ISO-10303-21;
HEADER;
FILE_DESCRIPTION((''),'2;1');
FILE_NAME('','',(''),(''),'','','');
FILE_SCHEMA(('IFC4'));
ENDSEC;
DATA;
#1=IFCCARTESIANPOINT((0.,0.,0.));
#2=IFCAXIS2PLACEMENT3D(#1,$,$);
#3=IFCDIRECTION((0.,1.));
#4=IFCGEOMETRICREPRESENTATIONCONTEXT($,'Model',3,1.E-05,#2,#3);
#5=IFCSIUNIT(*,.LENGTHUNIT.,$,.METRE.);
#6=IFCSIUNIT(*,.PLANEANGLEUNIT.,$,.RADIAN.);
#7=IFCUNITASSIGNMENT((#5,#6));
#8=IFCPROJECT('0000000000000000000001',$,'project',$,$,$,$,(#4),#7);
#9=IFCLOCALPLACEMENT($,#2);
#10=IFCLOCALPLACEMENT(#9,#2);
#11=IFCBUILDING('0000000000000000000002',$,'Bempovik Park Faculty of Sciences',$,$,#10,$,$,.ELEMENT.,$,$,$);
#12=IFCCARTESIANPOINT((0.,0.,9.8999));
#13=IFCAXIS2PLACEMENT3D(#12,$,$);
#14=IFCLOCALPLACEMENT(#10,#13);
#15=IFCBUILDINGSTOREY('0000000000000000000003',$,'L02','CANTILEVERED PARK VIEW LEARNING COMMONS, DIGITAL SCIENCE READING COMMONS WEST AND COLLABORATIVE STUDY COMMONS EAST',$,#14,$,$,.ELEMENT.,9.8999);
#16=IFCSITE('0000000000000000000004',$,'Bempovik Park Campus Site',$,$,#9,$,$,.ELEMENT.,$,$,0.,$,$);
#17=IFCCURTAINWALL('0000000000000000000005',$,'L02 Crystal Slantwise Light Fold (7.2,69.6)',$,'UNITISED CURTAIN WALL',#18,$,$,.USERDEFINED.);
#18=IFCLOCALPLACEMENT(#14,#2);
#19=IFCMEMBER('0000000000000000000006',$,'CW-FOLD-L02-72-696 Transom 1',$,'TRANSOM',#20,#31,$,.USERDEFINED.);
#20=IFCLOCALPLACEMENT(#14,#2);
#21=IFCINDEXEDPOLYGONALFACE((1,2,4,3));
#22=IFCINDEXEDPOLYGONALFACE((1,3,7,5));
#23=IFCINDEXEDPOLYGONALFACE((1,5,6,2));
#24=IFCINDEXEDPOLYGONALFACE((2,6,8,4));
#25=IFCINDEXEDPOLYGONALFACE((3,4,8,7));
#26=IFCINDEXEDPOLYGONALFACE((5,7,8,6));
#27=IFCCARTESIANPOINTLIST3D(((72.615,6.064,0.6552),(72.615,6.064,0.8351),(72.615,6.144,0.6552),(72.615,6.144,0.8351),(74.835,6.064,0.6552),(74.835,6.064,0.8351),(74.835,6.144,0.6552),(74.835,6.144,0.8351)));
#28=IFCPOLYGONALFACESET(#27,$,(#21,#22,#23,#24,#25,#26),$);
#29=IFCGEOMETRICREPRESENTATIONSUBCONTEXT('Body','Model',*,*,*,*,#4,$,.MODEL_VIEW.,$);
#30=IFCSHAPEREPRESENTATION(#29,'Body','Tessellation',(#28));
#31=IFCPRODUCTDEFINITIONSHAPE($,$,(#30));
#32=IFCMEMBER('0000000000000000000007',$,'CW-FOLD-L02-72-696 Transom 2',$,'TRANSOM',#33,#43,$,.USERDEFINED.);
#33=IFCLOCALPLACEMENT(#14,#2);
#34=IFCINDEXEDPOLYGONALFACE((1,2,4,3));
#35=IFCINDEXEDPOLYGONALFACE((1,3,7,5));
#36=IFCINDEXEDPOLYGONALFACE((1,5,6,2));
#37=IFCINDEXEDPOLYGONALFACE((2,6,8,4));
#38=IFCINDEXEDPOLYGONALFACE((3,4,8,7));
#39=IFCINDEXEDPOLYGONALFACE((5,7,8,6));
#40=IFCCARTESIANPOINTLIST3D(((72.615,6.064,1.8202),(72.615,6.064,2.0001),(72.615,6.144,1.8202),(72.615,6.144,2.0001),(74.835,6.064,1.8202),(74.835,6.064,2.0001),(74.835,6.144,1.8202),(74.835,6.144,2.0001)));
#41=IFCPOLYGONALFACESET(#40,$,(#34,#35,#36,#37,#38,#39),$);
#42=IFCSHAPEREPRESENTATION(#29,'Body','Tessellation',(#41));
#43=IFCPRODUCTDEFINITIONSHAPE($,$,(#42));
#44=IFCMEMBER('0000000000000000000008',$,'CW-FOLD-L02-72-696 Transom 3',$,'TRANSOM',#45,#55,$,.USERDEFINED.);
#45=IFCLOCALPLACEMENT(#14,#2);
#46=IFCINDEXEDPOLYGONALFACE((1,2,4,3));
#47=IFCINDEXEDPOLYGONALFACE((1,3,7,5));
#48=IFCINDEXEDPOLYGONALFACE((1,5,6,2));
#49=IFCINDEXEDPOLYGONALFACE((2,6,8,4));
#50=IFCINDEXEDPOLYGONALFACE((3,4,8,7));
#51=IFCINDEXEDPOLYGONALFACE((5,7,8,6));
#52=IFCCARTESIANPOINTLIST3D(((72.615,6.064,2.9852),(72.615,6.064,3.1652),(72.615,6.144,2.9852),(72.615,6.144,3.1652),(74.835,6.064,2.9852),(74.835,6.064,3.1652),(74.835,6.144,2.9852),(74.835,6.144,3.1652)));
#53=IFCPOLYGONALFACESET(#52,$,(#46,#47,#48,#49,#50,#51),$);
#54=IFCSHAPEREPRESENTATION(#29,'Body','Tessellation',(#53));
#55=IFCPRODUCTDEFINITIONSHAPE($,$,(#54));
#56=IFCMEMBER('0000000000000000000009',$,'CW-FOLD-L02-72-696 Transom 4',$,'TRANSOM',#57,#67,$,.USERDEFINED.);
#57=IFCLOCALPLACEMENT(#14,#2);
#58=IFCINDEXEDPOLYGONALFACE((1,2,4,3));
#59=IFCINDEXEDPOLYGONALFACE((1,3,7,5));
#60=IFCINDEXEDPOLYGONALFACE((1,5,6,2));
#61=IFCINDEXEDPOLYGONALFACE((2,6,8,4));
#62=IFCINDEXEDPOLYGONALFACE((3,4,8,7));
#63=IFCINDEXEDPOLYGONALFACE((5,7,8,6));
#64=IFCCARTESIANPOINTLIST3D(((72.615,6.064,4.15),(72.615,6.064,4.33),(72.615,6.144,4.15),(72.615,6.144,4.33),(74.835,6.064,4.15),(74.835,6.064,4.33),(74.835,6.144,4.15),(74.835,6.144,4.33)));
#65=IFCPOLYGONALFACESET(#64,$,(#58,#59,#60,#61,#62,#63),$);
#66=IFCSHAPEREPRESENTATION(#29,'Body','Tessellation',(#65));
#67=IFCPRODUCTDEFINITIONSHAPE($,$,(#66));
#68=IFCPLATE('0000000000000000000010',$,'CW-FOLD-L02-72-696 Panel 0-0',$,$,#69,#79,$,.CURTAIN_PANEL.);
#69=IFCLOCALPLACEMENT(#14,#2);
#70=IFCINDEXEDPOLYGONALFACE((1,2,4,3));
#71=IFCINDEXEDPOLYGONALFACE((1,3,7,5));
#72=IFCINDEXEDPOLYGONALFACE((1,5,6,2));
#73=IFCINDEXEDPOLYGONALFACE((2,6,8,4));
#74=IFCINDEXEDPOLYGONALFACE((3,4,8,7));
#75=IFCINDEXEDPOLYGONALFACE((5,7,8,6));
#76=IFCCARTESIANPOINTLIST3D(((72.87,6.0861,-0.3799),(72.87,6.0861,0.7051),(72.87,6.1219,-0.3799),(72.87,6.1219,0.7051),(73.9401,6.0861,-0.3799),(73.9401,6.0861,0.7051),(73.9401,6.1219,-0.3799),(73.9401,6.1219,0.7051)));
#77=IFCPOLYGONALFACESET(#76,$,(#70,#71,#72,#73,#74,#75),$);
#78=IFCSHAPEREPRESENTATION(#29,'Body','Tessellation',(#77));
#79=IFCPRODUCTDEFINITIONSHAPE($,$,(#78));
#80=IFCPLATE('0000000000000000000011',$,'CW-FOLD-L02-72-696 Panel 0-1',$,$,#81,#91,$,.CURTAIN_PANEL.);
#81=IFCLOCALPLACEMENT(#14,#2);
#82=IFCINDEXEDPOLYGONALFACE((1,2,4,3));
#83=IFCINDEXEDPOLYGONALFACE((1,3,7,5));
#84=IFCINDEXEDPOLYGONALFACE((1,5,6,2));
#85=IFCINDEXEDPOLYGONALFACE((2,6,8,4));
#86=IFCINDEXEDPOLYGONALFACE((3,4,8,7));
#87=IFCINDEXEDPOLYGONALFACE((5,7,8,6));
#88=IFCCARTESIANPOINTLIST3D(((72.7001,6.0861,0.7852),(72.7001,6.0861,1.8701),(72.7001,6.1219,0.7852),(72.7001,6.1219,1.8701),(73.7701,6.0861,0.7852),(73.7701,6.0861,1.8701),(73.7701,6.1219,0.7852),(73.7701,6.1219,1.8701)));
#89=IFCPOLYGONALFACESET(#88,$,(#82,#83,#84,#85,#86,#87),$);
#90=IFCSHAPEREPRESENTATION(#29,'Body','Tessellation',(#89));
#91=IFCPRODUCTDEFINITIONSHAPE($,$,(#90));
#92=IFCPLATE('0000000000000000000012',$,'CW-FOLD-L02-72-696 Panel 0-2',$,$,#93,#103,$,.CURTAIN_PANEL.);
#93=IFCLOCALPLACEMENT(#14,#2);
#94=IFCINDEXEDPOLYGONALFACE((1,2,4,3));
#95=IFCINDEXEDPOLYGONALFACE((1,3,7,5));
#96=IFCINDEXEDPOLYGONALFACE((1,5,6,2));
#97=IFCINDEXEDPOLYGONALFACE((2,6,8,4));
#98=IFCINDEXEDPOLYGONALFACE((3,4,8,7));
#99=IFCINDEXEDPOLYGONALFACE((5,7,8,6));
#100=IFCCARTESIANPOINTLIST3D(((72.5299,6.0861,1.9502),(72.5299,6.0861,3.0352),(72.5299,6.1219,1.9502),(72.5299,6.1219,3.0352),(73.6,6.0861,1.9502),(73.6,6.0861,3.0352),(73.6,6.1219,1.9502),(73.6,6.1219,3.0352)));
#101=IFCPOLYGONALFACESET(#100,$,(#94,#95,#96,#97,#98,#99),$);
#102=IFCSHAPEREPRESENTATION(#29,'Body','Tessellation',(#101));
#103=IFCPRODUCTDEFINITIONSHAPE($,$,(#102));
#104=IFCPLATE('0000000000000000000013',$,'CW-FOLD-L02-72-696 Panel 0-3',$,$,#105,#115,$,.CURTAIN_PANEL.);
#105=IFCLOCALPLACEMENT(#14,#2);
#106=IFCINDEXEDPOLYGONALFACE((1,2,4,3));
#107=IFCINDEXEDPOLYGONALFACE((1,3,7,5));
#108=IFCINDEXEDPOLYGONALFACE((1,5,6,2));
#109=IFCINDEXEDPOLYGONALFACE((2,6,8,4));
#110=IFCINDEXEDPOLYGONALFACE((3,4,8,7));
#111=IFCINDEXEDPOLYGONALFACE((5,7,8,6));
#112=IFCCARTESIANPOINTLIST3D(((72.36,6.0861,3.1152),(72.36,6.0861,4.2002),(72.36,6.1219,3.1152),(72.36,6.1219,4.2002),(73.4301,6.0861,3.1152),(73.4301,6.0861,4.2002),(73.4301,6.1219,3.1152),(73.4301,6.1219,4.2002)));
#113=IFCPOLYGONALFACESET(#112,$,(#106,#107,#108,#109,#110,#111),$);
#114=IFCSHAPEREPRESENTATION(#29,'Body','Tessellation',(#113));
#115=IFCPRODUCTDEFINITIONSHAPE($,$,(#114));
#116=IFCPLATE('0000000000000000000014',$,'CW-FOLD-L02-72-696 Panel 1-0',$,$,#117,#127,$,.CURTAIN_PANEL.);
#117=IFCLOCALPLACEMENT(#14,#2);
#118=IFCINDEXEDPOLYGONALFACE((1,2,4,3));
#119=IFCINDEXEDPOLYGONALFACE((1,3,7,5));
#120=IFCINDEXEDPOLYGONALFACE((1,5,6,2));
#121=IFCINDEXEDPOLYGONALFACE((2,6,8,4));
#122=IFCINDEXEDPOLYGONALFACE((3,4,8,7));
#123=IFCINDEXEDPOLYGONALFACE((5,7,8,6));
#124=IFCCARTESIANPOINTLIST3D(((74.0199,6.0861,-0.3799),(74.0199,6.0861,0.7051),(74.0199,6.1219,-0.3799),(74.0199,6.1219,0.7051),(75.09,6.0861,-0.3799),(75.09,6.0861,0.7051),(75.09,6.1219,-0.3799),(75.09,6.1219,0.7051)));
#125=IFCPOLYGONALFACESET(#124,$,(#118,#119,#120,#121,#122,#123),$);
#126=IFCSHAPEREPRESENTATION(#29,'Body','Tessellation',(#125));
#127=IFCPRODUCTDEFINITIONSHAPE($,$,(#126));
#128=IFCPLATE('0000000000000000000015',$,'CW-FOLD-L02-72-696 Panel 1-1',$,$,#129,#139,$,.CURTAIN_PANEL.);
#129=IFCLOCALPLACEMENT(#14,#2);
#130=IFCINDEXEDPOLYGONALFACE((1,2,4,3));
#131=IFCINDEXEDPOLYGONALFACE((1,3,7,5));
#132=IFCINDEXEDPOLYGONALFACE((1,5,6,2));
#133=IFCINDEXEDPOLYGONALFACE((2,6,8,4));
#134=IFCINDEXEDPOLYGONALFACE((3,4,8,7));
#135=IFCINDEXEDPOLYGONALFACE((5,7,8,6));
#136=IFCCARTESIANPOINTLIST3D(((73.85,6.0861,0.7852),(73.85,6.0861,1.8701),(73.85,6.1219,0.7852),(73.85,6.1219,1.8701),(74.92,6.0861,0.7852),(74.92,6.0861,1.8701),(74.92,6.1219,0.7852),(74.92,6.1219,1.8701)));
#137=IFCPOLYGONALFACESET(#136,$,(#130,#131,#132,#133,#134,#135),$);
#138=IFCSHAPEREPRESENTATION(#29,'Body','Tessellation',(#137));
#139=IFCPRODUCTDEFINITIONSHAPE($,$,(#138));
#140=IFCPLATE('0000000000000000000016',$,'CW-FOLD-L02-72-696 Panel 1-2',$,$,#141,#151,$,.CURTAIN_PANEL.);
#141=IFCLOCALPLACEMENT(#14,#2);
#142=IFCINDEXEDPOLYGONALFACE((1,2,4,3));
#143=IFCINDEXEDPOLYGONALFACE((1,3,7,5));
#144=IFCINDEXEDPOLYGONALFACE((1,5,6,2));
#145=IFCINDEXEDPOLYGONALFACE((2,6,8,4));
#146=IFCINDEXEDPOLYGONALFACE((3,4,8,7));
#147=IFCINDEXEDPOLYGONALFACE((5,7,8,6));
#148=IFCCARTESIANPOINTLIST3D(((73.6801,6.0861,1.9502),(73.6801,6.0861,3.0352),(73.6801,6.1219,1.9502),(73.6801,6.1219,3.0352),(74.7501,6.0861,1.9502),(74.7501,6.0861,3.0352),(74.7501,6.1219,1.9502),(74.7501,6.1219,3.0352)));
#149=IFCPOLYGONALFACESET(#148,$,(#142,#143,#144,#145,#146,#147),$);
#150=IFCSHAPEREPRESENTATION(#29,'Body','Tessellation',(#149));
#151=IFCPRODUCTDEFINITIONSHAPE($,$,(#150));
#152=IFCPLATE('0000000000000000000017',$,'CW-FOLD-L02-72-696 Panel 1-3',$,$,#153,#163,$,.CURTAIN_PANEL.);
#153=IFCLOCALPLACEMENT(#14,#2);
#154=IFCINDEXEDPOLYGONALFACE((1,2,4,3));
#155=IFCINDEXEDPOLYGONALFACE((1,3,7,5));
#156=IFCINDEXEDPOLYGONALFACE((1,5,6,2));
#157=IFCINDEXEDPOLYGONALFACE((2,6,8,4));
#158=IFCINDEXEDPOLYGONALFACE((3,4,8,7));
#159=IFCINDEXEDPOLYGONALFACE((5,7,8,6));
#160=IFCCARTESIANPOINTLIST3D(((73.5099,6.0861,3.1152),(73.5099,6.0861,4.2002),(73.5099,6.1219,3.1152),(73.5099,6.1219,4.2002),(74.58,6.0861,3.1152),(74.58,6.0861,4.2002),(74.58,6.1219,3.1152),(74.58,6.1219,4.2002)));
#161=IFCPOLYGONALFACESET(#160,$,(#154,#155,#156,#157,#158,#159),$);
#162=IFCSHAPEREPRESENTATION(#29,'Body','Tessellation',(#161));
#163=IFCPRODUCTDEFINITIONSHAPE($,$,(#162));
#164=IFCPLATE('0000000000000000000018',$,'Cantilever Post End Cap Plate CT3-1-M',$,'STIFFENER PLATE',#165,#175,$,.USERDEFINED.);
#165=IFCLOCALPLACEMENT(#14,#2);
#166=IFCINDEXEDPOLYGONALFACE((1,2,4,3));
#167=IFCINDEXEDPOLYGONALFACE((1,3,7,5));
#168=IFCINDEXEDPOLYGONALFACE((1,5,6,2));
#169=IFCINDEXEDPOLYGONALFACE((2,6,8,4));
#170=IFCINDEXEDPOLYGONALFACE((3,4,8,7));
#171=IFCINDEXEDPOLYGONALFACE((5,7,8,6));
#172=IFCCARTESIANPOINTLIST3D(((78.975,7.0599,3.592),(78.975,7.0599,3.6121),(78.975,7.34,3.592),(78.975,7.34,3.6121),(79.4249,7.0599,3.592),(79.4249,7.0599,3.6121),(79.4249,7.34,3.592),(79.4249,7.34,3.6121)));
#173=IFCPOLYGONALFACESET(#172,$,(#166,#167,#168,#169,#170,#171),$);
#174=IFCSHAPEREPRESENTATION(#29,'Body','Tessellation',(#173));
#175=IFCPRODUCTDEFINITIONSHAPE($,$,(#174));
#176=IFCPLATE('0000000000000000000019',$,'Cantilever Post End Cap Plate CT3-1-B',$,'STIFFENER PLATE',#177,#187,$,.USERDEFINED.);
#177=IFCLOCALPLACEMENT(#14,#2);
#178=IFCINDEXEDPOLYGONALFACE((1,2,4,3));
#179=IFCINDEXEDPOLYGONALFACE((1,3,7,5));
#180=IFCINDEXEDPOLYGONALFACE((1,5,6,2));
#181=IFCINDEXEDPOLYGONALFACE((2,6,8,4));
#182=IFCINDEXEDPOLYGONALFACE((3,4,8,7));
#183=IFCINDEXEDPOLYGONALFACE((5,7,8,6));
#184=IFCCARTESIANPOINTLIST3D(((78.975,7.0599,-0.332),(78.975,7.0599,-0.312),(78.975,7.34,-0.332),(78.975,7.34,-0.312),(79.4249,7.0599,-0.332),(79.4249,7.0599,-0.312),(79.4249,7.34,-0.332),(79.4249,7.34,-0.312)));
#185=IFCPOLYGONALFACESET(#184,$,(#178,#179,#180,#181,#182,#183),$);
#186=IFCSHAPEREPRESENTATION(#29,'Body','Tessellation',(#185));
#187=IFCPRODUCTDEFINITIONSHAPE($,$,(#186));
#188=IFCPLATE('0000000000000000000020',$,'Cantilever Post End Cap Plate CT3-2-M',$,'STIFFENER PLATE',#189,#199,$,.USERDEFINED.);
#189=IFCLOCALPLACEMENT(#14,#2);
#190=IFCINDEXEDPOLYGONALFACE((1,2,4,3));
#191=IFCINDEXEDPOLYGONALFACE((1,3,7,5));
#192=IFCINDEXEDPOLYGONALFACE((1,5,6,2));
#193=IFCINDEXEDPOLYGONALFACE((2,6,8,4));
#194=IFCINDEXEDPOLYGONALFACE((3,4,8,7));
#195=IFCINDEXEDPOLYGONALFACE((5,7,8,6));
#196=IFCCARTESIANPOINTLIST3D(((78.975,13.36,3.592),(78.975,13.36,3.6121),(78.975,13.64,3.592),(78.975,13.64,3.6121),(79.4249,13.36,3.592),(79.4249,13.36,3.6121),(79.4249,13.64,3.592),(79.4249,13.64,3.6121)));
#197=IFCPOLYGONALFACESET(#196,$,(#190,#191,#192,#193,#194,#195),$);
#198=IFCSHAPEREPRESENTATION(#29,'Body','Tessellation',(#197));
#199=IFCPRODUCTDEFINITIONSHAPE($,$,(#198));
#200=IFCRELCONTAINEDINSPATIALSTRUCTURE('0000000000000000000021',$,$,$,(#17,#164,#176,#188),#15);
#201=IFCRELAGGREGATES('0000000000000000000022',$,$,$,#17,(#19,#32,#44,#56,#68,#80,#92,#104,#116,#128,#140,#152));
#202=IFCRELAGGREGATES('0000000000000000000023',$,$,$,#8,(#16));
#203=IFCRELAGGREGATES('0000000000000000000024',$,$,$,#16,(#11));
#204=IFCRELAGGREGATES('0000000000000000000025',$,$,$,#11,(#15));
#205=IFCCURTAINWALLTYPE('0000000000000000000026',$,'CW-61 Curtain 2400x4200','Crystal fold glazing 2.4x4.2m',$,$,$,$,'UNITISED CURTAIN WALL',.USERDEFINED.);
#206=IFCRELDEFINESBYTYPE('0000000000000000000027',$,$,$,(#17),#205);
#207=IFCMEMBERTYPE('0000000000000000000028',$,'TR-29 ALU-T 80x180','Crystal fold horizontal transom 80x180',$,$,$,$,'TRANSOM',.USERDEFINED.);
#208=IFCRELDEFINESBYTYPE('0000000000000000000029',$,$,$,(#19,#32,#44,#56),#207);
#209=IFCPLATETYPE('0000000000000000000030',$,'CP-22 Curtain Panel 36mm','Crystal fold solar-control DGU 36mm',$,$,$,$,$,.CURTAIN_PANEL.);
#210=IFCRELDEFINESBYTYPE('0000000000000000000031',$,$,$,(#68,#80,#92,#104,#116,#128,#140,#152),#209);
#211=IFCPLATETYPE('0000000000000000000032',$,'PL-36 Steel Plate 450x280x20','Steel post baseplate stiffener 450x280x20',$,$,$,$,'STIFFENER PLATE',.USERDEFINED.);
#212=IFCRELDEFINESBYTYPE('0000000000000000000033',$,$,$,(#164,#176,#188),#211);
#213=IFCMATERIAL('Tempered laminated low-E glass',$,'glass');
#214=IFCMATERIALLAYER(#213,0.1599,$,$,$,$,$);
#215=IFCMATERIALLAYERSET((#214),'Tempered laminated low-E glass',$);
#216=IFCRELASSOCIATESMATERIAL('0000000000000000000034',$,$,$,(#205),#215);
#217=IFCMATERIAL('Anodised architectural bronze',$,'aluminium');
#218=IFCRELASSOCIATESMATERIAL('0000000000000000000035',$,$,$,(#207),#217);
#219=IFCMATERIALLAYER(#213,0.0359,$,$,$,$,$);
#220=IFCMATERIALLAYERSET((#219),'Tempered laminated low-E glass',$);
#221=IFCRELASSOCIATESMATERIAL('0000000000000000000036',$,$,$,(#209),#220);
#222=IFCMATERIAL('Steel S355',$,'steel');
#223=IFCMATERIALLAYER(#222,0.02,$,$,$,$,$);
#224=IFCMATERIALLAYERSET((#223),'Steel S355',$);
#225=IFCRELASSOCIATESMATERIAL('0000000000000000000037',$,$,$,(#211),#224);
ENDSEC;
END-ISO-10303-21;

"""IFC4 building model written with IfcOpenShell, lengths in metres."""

from ifc_helpers import new_model, si_unit, direction, frame, origin, origin_2d, place, context, subcontext, project, spatial, rectangle, extrude, material, layer, layer_set, material_profile, profile_set, type_object, element, aggregate, save


model = new_model("IFC4")

# Units and contexts
model_context = context("Model", 3, precision=1e-05, world=origin(), true_north=direction((0.0, 1.0)))
body_context = subcontext(model_context, "Body", "Model", "MODEL_VIEW")
ifc_project = project(units=[si_unit("LENGTHUNIT", "METRE"), si_unit("PLANEANGLEUNIT", "RADIAN")], contexts=[model_context])

# Site, building, storey
site_placement = place(None, origin())
site = spatial("IfcSite", under=ifc_project, at=site_placement, Name="Bempovik Park Campus Site", CompositionType="ELEMENT", RefElevation=0.0)
building_placement = place(site_placement, origin())
building = spatial("IfcBuilding", under=site, at=building_placement, Name="Bempovik Park Faculty of Sciences", CompositionType="ELEMENT")
storey_placement = place(building_placement, frame((0.0, 0.0, 9.8999)))
storey = spatial("IfcBuildingStorey", under=building, at=storey_placement, Name="L02", Description="CANTILEVERED PARK VIEW LEARNING COMMONS, DIGITAL SCIENCE READING COMMONS WEST AND COLLABORATIVE STUDY COMMONS EAST", CompositionType="ELEMENT", Elevation=9.8999)

# Shared definitions
ifc_material_1 = material(Name="Steel S355", Category="steel")

# Curtain wall, members, plates
ifc_material_2 = material(Name="Tempered laminated low-E glass", Category="glass")
ifc_layer_1 = layer(ifc_material_2, 0.1599)
ifc_layer_set_1 = layer_set([ifc_layer_1], Name="Tempered laminated low-E glass")
curtain_wall_type = type_object("IfcCurtainWallType", Name="CW-61 Curtain 2400x4200", Description="Crystal fold glazing 2.4x4.2m", ElementType="UNITISED CURTAIN WALL", PredefinedType="USERDEFINED", material=ifc_layer_set_1)
curtain_wall_placement = place(storey_placement, origin())
curtain_wall = element("IfcCurtainWall", 1, at=curtain_wall_placement, inside=storey, type_object=curtain_wall_type, Name="L02 Crystal Slantwise Light Fold (7.2,69.6)", ObjectType="UNITISED CURTAIN WALL", PredefinedType="USERDEFINED")
ifc_material_3 = material(Name="Anodised architectural bronze", Category="aluminium")
ifc_material_profile_1 = material_profile(ifc_material_3, rectangle(XDim=0.0801, YDim=0.1799, at=origin_2d()), Name="ALU-T 80x180")
ifc_profile_set_1 = profile_set([ifc_material_profile_1], Name="Anodised architectural bronze")
member_type_1 = type_object("IfcMemberType", Name="TR-29 ALU-T 80x180", Description="Crystal fold horizontal transom 80x180", ElementType="TRANSOM", PredefinedType="USERDEFINED", material=ifc_profile_set_1)
member_1_placement = place(storey_placement, frame((72.615, 6.104, 0.7451), z_axis=(1.0, 0.0, 0.0), x_axis=(0.0, 1.0, 0.0)))
member_1 = element("IfcMember", 2, at=member_1_placement, type_object=member_type_1, Name="CW-FOLD-L02-72-696 Transom 1", ObjectType="TRANSOM", PredefinedType="USERDEFINED", context=body_context, shape_type="SweptSolid", body=[
    extrude(rectangle(XDim=0.0801, YDim=0.1799, at=origin_2d()), origin(), (0.0, 0.0, 1.0), 2.22),
])
member_2_placement = place(storey_placement, frame((72.615, 6.104, 1.9102), z_axis=(1.0, 0.0, 0.0), x_axis=(0.0, 1.0, 0.0)))
member_2 = element("IfcMember", 3, at=member_2_placement, type_object=member_type_1, Name="CW-FOLD-L02-72-696 Transom 2", ObjectType="TRANSOM", PredefinedType="USERDEFINED", context=body_context, shape_type="SweptSolid", body=[
    extrude(rectangle(XDim=0.0801, YDim=0.1799, at=origin_2d()), origin(), (0.0, 0.0, 1.0), 2.22),
])
member_3_placement = place(storey_placement, frame((72.615, 6.104, 3.0752), z_axis=(1.0, 0.0, 0.0), x_axis=(0.0, 1.0, 0.0)))
member_3 = element("IfcMember", 4, at=member_3_placement, type_object=member_type_1, Name="CW-FOLD-L02-72-696 Transom 3", ObjectType="TRANSOM", PredefinedType="USERDEFINED", context=body_context, shape_type="SweptSolid", body=[
    extrude(rectangle(XDim=0.0801, YDim=0.1799, at=origin_2d()), origin(), (0.0, 0.0, 1.0), 2.22),
])
member_4_placement = place(storey_placement, frame((72.615, 6.104, 4.24), z_axis=(1.0, 0.0, 0.0), x_axis=(0.0, 1.0, 0.0)))
member_4 = element("IfcMember", 5, at=member_4_placement, type_object=member_type_1, Name="CW-FOLD-L02-72-696 Transom 4", ObjectType="TRANSOM", PredefinedType="USERDEFINED", context=body_context, shape_type="SweptSolid", body=[
    extrude(rectangle(XDim=0.0801, YDim=0.1799, at=origin_2d()), origin(), (0.0, 0.0, 1.0), 2.22),
])
ifc_layer_2 = layer(ifc_material_2, 0.0359)
ifc_layer_set_2 = layer_set([ifc_layer_2], Name="Tempered laminated low-E glass")
plate_type_1 = type_object("IfcPlateType", Name="CP-22 Curtain Panel 36mm", Description="Crystal fold solar-control DGU 36mm", PredefinedType="CURTAIN_PANEL", material=ifc_layer_set_2)
plate_1_placement = place(storey_placement, frame((73.405, 6.104, -0.3799), z_axis=(0.0, 0.0, 1.0), x_axis=(1.0, 0.0, 0.0)))
plate_1 = element("IfcPlate", 6, at=plate_1_placement, type_object=plate_type_1, Name="CW-FOLD-L02-72-696 Panel 0-0", PredefinedType="CURTAIN_PANEL", context=body_context, shape_type="SweptSolid", body=[
    extrude(rectangle(XDim=1.0701, YDim=0.0359, at=origin_2d()), origin(), (0.0, 0.0, 1.0), 1.085),
])
plate_2_placement = place(storey_placement, frame((73.2351, 6.104, 0.7852), z_axis=(0.0, 0.0, 1.0), x_axis=(1.0, 0.0, 0.0)))
plate_2 = element("IfcPlate", 7, at=plate_2_placement, type_object=plate_type_1, Name="CW-FOLD-L02-72-696 Panel 0-1", PredefinedType="CURTAIN_PANEL", context=body_context, shape_type="SweptSolid", body=[
    extrude(rectangle(XDim=1.0701, YDim=0.0359, at=origin_2d()), origin(), (0.0, 0.0, 1.0), 1.085),
])
plate_3_placement = place(storey_placement, frame((73.0649, 6.104, 1.9502), z_axis=(0.0, 0.0, 1.0), x_axis=(1.0, 0.0, 0.0)))
plate_3 = element("IfcPlate", 8, at=plate_3_placement, type_object=plate_type_1, Name="CW-FOLD-L02-72-696 Panel 0-2", PredefinedType="CURTAIN_PANEL", context=body_context, shape_type="SweptSolid", body=[
    extrude(rectangle(XDim=1.0701, YDim=0.0359, at=origin_2d()), origin(), (0.0, 0.0, 1.0), 1.085),
])
plate_4_placement = place(storey_placement, frame((72.895, 6.104, 3.1152), z_axis=(0.0, 0.0, 1.0), x_axis=(1.0, 0.0, 0.0)))
plate_4 = element("IfcPlate", 9, at=plate_4_placement, type_object=plate_type_1, Name="CW-FOLD-L02-72-696 Panel 0-3", PredefinedType="CURTAIN_PANEL", context=body_context, shape_type="SweptSolid", body=[
    extrude(rectangle(XDim=1.0701, YDim=0.0359, at=origin_2d()), origin(), (0.0, 0.0, 1.0), 1.085),
])
plate_5_placement = place(storey_placement, frame((74.5549, 6.104, -0.3799), z_axis=(0.0, 0.0, 1.0), x_axis=(1.0, 0.0, 0.0)))
plate_5 = element("IfcPlate", 10, at=plate_5_placement, type_object=plate_type_1, Name="CW-FOLD-L02-72-696 Panel 1-0", PredefinedType="CURTAIN_PANEL", context=body_context, shape_type="SweptSolid", body=[
    extrude(rectangle(XDim=1.0701, YDim=0.0359, at=origin_2d()), origin(), (0.0, 0.0, 1.0), 1.085),
])
plate_6_placement = place(storey_placement, frame((74.385, 6.104, 0.7852), z_axis=(0.0, 0.0, 1.0), x_axis=(1.0, 0.0, 0.0)))
plate_6 = element("IfcPlate", 11, at=plate_6_placement, type_object=plate_type_1, Name="CW-FOLD-L02-72-696 Panel 1-1", PredefinedType="CURTAIN_PANEL", context=body_context, shape_type="SweptSolid", body=[
    extrude(rectangle(XDim=1.0701, YDim=0.0359, at=origin_2d()), origin(), (0.0, 0.0, 1.0), 1.085),
])
plate_7_placement = place(storey_placement, frame((74.2151, 6.104, 1.9502), z_axis=(0.0, 0.0, 1.0), x_axis=(1.0, 0.0, 0.0)))
plate_7 = element("IfcPlate", 12, at=plate_7_placement, type_object=plate_type_1, Name="CW-FOLD-L02-72-696 Panel 1-2", PredefinedType="CURTAIN_PANEL", context=body_context, shape_type="SweptSolid", body=[
    extrude(rectangle(XDim=1.0701, YDim=0.0359, at=origin_2d()), origin(), (0.0, 0.0, 1.0), 1.085),
])
plate_8_placement = place(storey_placement, frame((74.0449, 6.104, 3.1152), z_axis=(0.0, 0.0, 1.0), x_axis=(1.0, 0.0, 0.0)))
plate_8 = element("IfcPlate", 13, at=plate_8_placement, type_object=plate_type_1, Name="CW-FOLD-L02-72-696 Panel 1-3", PredefinedType="CURTAIN_PANEL", context=body_context, shape_type="SweptSolid", body=[
    extrude(rectangle(XDim=1.0701, YDim=0.0359, at=origin_2d()), origin(), (0.0, 0.0, 1.0), 1.085),
])
aggregate(curtain_wall, [member_1, member_2, member_3, member_4, plate_1, plate_2, plate_3, plate_4, plate_5, plate_6, plate_7, plate_8])

# Plates
ifc_layer_3 = layer(ifc_material_1, 0.02)
ifc_layer_set_3 = layer_set([ifc_layer_3], Name="Steel S355")
plate_type_2 = type_object("IfcPlateType", Name="PL-36 Steel Plate 450x280x20", Description="Steel post baseplate stiffener 450x280x20", ElementType="STIFFENER PLATE", PredefinedType="USERDEFINED", material=ifc_layer_set_3)
for number, where, z_axis, x_axis, name in (
    (14, (79.2, 7.2, 3.592), (0.0, 0.0, 1.0), (1.0, 0.0, 0.0), "Cantilever Post End Cap Plate CT3-1-M"),
    (15, (79.2, 7.2, -0.332), (0.0, 0.0, 1.0), (1.0, 0.0, 0.0), "Cantilever Post End Cap Plate CT3-1-B"),
    (16, (79.2, 13.5, 3.592), (0.0, 0.0, 1.0), (1.0, 0.0, 0.0), "Cantilever Post End Cap Plate CT3-2-M"),
):
    element("IfcPlate", number, at=place(storey_placement, frame(where, z_axis=z_axis, x_axis=x_axis)), inside=storey, type_object=plate_type_2, Name=name, ObjectType="STIFFENER PLATE", PredefinedType="USERDEFINED", context=body_context, shape_type="SweptSolid", body=[
        extrude(rectangle(XDim=0.45, YDim=0.28, at=origin_2d()), origin(), (0.0, 0.0, 1.0), 0.02),
    ])

save(model, "model.ifc")
